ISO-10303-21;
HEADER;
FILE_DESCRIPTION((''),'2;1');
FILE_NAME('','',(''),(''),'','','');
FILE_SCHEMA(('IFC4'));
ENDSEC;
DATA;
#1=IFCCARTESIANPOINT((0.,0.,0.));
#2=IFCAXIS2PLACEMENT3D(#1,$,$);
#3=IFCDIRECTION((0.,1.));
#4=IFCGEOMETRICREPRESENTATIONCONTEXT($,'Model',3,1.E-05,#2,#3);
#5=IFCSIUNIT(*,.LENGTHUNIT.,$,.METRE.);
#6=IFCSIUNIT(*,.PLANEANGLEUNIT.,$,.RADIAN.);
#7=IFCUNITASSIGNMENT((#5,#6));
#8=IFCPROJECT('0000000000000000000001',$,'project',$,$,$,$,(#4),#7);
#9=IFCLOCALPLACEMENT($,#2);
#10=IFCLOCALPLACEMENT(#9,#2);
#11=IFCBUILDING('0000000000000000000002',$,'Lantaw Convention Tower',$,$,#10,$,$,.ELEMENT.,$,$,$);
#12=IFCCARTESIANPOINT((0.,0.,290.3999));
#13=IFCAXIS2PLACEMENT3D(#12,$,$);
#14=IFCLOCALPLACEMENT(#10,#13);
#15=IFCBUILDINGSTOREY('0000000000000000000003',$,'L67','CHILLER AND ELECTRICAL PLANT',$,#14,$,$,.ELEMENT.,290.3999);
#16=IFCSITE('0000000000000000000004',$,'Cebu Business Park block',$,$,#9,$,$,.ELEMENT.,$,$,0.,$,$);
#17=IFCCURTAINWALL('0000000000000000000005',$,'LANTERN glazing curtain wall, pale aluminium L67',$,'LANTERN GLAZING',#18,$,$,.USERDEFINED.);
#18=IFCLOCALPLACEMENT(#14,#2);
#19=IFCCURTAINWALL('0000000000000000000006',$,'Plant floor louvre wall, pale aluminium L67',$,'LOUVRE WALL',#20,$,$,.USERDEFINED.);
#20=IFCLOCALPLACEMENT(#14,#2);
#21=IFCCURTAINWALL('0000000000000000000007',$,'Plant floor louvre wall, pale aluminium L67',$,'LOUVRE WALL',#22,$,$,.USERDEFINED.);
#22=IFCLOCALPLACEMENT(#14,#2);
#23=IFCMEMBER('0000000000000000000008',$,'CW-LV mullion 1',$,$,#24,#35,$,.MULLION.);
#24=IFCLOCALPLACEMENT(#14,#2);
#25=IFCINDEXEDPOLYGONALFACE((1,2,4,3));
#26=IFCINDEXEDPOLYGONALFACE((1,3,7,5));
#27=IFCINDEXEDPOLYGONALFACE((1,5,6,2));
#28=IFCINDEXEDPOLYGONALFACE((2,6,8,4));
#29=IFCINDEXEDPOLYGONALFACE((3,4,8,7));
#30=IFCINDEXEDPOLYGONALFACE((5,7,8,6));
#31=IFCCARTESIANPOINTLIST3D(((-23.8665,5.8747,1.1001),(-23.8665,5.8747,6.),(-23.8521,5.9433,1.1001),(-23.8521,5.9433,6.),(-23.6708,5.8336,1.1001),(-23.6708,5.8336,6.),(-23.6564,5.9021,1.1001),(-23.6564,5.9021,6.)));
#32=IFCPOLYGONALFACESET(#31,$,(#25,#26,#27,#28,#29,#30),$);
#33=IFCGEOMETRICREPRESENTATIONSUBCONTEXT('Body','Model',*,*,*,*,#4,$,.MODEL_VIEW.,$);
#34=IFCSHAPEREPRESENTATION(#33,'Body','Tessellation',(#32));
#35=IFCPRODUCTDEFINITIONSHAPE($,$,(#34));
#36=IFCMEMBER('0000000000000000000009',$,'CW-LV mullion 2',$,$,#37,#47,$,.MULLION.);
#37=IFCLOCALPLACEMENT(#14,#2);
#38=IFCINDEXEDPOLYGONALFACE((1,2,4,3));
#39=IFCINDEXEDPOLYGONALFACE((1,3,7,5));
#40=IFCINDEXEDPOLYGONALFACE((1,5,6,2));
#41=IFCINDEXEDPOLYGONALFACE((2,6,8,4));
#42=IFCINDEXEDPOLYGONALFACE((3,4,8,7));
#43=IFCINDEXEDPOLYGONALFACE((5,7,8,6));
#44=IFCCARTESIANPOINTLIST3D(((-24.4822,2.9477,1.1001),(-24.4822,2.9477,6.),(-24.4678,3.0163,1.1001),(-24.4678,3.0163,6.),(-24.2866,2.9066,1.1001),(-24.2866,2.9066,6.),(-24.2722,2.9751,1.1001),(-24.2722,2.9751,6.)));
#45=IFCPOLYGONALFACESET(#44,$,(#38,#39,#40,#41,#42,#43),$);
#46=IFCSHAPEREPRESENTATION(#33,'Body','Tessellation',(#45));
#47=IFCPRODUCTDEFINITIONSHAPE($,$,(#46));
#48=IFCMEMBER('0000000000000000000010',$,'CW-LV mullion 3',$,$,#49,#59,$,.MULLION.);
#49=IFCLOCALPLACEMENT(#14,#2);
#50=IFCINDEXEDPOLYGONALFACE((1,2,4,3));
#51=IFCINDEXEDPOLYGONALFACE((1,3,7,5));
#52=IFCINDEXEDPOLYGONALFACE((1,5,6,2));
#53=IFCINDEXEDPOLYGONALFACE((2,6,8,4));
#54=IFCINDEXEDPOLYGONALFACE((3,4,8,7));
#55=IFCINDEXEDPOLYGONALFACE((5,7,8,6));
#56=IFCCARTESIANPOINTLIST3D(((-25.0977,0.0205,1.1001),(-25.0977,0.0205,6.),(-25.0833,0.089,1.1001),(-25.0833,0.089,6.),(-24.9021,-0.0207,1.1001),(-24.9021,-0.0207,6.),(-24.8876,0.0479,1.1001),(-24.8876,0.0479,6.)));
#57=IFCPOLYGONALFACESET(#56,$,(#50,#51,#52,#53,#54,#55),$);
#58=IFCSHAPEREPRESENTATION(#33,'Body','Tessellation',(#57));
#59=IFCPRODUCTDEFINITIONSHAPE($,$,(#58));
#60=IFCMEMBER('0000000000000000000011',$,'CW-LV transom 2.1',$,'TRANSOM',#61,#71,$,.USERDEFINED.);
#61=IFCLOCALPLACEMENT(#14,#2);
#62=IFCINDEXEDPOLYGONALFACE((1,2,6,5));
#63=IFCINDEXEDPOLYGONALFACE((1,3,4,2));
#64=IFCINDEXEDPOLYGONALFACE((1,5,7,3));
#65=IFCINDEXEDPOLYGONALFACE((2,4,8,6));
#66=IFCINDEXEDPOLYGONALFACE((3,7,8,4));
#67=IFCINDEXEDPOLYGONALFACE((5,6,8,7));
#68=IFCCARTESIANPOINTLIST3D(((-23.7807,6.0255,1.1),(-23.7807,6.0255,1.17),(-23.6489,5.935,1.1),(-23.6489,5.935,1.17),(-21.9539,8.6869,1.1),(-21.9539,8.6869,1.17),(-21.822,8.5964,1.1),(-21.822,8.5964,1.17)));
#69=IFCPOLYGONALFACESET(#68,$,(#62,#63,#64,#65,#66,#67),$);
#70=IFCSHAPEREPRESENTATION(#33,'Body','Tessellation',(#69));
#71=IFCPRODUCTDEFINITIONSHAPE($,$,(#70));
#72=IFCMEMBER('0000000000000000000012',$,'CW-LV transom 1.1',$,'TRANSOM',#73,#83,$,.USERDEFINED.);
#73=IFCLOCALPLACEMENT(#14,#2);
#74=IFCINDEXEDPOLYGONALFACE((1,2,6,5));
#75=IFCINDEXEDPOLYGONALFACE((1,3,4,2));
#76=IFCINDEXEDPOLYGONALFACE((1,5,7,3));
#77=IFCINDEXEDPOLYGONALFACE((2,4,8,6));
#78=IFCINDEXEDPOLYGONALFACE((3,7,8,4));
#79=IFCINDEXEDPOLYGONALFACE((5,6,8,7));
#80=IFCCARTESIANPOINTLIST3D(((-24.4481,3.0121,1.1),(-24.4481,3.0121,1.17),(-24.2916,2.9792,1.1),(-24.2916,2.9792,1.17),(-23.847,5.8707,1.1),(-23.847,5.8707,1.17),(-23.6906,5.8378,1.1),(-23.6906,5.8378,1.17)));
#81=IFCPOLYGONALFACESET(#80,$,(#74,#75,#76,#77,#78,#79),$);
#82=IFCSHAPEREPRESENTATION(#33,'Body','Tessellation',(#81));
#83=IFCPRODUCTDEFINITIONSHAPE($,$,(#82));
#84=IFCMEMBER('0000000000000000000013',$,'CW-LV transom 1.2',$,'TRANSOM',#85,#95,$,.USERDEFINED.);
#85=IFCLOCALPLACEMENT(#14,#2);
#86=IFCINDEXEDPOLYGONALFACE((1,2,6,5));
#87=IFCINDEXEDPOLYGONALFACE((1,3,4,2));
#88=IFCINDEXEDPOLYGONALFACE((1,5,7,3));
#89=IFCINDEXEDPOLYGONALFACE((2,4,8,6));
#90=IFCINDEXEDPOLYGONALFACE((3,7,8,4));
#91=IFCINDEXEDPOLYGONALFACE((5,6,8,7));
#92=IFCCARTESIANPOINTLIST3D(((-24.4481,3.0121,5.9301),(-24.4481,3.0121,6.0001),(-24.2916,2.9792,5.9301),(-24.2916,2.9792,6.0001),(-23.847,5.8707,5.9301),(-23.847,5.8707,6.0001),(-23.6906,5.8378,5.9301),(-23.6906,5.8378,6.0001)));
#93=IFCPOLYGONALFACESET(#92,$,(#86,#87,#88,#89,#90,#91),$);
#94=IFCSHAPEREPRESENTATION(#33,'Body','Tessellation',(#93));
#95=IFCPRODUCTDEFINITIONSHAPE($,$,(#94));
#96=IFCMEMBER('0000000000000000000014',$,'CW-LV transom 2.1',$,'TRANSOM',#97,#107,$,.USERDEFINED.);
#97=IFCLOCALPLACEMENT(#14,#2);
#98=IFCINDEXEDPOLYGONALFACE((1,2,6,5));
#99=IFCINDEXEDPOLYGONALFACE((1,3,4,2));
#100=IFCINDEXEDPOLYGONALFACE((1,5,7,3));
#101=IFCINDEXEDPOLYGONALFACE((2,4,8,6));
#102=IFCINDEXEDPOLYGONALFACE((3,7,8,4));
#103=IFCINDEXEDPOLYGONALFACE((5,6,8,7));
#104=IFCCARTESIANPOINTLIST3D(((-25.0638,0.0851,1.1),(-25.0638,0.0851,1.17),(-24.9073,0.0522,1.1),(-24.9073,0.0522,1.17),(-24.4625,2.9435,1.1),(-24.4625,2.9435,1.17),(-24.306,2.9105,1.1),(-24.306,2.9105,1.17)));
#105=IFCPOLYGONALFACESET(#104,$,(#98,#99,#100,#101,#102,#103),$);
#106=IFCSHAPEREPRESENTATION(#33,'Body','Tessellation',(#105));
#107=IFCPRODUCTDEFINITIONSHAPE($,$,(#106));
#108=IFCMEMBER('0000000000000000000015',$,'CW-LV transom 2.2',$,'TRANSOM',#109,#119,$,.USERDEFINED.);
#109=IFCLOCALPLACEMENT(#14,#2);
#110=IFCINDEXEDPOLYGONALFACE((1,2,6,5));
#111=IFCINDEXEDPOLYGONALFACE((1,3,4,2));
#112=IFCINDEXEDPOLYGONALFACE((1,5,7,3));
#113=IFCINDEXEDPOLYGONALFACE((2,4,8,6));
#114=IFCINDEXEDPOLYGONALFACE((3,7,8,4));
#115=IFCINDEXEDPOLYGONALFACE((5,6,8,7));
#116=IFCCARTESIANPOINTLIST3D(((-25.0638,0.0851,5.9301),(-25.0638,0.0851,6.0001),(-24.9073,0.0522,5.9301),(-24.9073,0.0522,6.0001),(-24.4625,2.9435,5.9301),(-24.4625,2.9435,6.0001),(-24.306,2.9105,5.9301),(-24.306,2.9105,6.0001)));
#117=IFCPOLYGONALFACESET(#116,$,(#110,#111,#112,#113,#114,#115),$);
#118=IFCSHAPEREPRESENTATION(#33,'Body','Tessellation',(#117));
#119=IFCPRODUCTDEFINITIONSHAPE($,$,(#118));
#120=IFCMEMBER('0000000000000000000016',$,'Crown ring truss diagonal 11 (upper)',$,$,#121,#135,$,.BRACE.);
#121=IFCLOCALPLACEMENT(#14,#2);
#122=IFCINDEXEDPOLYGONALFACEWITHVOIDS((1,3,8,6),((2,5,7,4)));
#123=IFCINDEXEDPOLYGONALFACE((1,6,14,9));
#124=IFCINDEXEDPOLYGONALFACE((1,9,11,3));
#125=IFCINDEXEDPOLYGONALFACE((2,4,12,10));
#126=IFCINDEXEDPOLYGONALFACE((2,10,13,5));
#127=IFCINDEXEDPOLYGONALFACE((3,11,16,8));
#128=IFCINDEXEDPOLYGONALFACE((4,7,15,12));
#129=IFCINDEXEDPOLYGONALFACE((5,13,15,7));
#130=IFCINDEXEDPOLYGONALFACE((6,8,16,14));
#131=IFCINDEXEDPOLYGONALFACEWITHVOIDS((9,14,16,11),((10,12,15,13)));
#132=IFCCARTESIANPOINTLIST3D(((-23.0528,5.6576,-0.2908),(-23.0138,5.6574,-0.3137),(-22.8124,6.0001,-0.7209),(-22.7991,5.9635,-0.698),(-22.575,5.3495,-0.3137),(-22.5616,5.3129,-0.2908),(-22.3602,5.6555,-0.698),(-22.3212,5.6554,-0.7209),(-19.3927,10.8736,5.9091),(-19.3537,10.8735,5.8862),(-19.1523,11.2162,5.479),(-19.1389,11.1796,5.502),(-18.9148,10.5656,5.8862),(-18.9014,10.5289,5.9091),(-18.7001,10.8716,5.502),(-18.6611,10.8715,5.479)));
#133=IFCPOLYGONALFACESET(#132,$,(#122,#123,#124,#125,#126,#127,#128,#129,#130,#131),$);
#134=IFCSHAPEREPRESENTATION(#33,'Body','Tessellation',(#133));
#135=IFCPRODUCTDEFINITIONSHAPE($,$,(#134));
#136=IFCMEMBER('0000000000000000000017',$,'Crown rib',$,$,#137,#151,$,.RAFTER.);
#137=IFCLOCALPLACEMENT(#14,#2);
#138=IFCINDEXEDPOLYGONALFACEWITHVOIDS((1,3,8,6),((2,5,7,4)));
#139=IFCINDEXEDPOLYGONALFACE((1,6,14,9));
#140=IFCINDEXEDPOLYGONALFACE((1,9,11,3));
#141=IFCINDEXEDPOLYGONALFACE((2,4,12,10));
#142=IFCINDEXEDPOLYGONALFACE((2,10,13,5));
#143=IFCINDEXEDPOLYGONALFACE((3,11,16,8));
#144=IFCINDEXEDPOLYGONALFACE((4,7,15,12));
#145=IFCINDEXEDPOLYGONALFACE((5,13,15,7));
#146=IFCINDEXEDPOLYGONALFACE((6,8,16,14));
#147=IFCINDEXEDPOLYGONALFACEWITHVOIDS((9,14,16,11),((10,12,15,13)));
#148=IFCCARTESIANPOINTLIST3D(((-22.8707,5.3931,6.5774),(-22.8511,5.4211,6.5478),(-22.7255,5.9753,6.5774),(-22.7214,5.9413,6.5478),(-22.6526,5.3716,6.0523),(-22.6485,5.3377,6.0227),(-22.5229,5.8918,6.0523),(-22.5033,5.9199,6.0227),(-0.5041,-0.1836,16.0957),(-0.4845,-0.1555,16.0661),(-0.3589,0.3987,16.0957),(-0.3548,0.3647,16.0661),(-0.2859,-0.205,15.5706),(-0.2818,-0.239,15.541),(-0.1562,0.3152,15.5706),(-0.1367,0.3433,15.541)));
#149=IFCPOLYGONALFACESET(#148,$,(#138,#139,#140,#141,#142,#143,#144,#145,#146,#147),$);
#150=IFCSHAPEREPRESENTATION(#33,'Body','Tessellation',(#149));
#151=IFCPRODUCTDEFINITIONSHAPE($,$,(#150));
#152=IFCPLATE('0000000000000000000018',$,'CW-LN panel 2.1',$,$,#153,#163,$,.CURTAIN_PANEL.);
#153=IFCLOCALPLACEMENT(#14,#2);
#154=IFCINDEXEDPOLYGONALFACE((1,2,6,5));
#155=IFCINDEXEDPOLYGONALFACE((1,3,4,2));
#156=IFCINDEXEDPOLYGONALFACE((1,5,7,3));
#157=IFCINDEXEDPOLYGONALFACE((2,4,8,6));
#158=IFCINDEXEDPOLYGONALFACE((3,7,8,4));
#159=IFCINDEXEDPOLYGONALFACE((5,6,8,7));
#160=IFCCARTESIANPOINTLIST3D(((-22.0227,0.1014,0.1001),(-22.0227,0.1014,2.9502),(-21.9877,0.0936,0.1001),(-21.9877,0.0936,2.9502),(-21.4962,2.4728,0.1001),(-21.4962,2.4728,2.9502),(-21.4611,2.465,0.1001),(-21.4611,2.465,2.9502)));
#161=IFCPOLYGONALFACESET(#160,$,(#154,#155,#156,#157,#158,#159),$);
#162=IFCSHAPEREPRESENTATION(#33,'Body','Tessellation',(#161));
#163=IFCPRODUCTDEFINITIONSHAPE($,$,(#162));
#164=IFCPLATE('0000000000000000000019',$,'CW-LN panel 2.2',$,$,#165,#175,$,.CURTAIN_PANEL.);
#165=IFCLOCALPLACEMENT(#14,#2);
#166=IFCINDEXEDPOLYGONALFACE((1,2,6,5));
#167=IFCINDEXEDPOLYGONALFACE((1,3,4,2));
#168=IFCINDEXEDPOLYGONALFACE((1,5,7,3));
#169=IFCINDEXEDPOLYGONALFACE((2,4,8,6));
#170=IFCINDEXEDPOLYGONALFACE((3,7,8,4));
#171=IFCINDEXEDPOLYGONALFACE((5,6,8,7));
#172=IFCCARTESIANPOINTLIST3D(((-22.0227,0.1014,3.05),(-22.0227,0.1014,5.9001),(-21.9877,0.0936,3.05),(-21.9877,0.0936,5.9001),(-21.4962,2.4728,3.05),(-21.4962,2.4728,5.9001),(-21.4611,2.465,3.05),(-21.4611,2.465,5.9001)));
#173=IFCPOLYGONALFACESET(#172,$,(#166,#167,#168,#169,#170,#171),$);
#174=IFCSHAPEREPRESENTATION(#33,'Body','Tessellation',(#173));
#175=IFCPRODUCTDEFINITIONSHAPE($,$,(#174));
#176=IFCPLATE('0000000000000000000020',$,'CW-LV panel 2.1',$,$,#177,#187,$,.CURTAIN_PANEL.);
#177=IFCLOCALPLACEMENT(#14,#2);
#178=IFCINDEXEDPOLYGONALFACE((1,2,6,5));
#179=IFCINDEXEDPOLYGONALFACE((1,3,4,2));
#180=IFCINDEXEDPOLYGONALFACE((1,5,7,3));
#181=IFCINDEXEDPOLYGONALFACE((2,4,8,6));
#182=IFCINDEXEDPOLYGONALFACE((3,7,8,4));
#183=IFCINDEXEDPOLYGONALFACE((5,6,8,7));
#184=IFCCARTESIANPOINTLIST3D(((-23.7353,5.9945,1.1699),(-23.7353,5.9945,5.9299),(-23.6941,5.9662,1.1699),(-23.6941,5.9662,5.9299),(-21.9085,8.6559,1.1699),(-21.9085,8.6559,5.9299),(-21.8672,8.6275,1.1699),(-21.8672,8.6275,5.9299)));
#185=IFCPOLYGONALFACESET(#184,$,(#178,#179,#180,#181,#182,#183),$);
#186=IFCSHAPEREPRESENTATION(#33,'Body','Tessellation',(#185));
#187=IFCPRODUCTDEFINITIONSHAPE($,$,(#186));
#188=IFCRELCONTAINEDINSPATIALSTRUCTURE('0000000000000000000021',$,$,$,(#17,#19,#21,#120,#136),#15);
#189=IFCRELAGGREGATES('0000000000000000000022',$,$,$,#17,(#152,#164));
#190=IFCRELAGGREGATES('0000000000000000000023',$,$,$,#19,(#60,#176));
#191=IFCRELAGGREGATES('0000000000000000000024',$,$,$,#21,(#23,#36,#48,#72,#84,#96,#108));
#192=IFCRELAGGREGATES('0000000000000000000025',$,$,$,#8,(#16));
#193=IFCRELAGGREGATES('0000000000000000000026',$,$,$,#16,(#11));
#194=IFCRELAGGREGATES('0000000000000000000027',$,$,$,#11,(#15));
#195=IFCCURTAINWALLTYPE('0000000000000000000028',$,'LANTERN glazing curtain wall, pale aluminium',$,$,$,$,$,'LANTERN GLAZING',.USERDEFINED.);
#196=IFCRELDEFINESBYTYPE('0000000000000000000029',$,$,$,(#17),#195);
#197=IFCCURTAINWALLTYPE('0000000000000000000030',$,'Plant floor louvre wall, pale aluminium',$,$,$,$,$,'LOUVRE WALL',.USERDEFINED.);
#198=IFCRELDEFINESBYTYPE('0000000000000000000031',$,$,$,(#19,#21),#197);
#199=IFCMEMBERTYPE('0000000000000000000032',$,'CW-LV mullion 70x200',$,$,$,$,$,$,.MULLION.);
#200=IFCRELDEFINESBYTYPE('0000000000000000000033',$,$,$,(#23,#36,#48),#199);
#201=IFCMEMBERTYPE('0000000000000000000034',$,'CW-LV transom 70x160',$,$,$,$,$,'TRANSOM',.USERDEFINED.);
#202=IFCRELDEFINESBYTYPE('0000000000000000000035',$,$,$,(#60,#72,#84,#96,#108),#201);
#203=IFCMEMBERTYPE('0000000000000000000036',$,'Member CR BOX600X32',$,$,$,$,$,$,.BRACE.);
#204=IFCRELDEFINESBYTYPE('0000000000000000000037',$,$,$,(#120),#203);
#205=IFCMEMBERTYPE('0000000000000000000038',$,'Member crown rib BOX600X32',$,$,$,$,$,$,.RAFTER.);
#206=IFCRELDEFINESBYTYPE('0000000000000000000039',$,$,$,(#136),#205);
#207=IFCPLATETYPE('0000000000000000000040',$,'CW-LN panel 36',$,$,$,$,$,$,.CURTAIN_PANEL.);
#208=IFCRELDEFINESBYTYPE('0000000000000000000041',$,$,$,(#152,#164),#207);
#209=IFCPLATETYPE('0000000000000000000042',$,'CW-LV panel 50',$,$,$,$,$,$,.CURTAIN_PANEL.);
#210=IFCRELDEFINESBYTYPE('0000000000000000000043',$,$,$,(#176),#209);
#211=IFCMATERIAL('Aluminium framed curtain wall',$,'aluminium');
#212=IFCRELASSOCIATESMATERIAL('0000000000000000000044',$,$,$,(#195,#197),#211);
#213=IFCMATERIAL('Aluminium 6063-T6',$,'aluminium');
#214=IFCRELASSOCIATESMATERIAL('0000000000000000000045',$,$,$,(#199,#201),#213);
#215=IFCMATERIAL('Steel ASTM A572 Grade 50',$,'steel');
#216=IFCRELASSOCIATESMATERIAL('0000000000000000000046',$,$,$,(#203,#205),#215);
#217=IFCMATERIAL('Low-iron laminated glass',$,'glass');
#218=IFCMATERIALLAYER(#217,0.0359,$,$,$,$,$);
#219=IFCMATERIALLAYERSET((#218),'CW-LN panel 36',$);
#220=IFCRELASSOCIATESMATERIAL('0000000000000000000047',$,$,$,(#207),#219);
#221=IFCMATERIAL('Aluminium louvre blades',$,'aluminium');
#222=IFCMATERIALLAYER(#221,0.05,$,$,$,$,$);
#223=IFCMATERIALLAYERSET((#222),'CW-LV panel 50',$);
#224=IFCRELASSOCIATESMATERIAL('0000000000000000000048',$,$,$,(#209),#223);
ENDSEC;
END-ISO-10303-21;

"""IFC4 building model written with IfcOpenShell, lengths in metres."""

from ifc_helpers import new_model, si_unit, direction, frame, origin, origin_2d, place, context, subcontext, project, spatial, rectangle, hollow_rectangle, extrude, material, layer, layer_set, material_profile, profile_set, type_object, element, aggregate, save


model = new_model("IFC4")

# Units and contexts
model_context = context("Model", 3, precision=1e-05, world=origin(), true_north=direction((0.0, 1.0)))
body_context = subcontext(model_context, "Body", "Model", "MODEL_VIEW")
ifc_project = project(units=[si_unit("LENGTHUNIT", "METRE"), si_unit("PLANEANGLEUNIT", "RADIAN")], contexts=[model_context])

# Site, building, storey
site_placement = place(None, origin())
site = spatial("IfcSite", under=ifc_project, at=site_placement, Name="Cebu Business Park block", CompositionType="ELEMENT", RefElevation=0.0)
building_placement = place(site_placement, origin())
building = spatial("IfcBuilding", under=site, at=building_placement, Name="Lantaw Convention Tower", CompositionType="ELEMENT")
storey_placement = place(building_placement, frame((0.0, 0.0, 290.3999)))
storey = spatial("IfcBuildingStorey", under=building, at=storey_placement, Name="L67", Description="CHILLER AND ELECTRICAL PLANT", CompositionType="ELEMENT", Elevation=290.3999)

# Shared definitions
ifc_material_1 = material(Name="Steel ASTM A572 Grade 50", Category="steel")

# Curtain wall
ifc_material_2 = material(Name="Aluminium framed curtain wall", Category="aluminium")
curtain_wall_type_1 = type_object("IfcCurtainWallType", Name="LANTERN glazing curtain wall, pale aluminium", ElementType="LANTERN GLAZING", PredefinedType="USERDEFINED", material=ifc_material_2)
curtain_wall_1_placement = place(storey_placement, origin())
curtain_wall_1 = element("IfcCurtainWall", 1, at=curtain_wall_1_placement, inside=storey, type_object=curtain_wall_type_1, Name="LANTERN glazing curtain wall, pale aluminium L67", ObjectType="LANTERN GLAZING", PredefinedType="USERDEFINED")
ifc_material_3 = material(Name="Aluminium 6063-T6", Category="aluminium")

# Curtain wall
curtain_wall_type_2 = type_object("IfcCurtainWallType", Name="Plant floor louvre wall, pale aluminium", ElementType="LOUVRE WALL", PredefinedType="USERDEFINED", material=ifc_material_2)
curtain_wall_2_placement = place(storey_placement, origin())
curtain_wall_2 = element("IfcCurtainWall", 2, at=curtain_wall_2_placement, inside=storey, type_object=curtain_wall_type_2, Name="Plant floor louvre wall, pale aluminium L67", ObjectType="LOUVRE WALL", PredefinedType="USERDEFINED")
ifc_material_profile_1 = material_profile(ifc_material_3, rectangle(XDim=0.2, YDim=0.0701, at=origin_2d()), Name="CW-LV mullion 70x200")
ifc_profile_set_1 = profile_set([ifc_material_profile_1], Name="Aluminium 6063-T6")
member_type_1 = type_object("IfcMemberType", Name="CW-LV mullion 70x200", PredefinedType="MULLION", material=ifc_profile_set_1)

# Curtain wall, members
curtain_wall_3_placement = place(storey_placement, origin())
curtain_wall_3 = element("IfcCurtainWall", 3, at=curtain_wall_3_placement, inside=storey, type_object=curtain_wall_type_2, Name="Plant floor louvre wall, pale aluminium L67", ObjectType="LOUVRE WALL", PredefinedType="USERDEFINED")
member_1_placement = place(storey_placement, frame((-23.7615, 5.8884, 1.1001), z_axis=(0.0, 0.0, 1.0), x_axis=(0.978591, -0.205814, 0.0)))
member_1 = element("IfcMember", 4, at=member_1_placement, type_object=member_type_1, Name="CW-LV mullion 1", PredefinedType="MULLION", context=body_context, shape_type="SweptSolid", body=[
    extrude(rectangle(XDim=0.2, YDim=0.0701, at=origin_2d()), origin(), (0.0, 0.0, 1.0), 4.8999),
])
member_2_placement = place(storey_placement, frame((-24.3772, 2.9614, 1.1001), z_axis=(0.0, 0.0, 1.0), x_axis=(0.978591, -0.205814, 0.0)))
member_2 = element("IfcMember", 5, at=member_2_placement, type_object=member_type_1, Name="CW-LV mullion 2", PredefinedType="MULLION", context=body_context, shape_type="SweptSolid", body=[
    extrude(rectangle(XDim=0.2, YDim=0.0701, at=origin_2d()), origin(), (0.0, 0.0, 1.0), 4.8999),
])
member_3_placement = place(storey_placement, frame((-24.9927, 0.0342, 1.1001), z_axis=(0.0, 0.0, 1.0), x_axis=(0.978591, -0.205814, 0.0)))
member_3 = element("IfcMember", 6, at=member_3_placement, type_object=member_type_1, Name="CW-LV mullion 3", PredefinedType="MULLION", context=body_context, shape_type="SweptSolid", body=[
    extrude(rectangle(XDim=0.2, YDim=0.0701, at=origin_2d()), origin(), (0.0, 0.0, 1.0), 4.8999),
])

# Members
ifc_material_profile_2 = material_profile(ifc_material_3, rectangle(XDim=0.1599, YDim=0.0701, at=origin_2d()), Name="CW-LV transom 70x160")
ifc_profile_set_2 = profile_set([ifc_material_profile_2], Name="Aluminium 6063-T6")
member_type_2 = type_object("IfcMemberType", Name="CW-LV transom 70x160", ElementType="TRANSOM", PredefinedType="USERDEFINED", material=ifc_profile_set_2)
member_4_placement = place(storey_placement, frame((-21.8879, 8.6416, 1.135), z_axis=(-0.565941, -0.824446, 0.0), x_axis=(0.824446, -0.565941, 0.0)))
member_4 = element("IfcMember", 7, at=member_4_placement, type_object=member_type_2, Name="CW-LV transom 2.1", ObjectType="TRANSOM", PredefinedType="USERDEFINED", context=body_context, shape_type="SweptSolid", body=[
    extrude(rectangle(XDim=0.1599, YDim=0.0701, at=origin_2d()), origin(), (0.0, 0.0, 1.0), 3.228),
])
member_5_placement = place(storey_placement, frame((-23.7688, 5.8542, 1.135), z_axis=(-0.205766, -0.978601, 0.0), x_axis=(0.978601, -0.205766, 0.0)))
member_5 = element("IfcMember", 8, at=member_5_placement, type_object=member_type_2, Name="CW-LV transom 1.1", ObjectType="TRANSOM", PredefinedType="USERDEFINED", context=body_context, shape_type="SweptSolid", body=[
    extrude(rectangle(XDim=0.1599, YDim=0.0701, at=origin_2d()), origin(), (0.0, 0.0, 1.0), 2.9211),
])
member_6_placement = place(storey_placement, frame((-23.7688, 5.8542, 5.9651), z_axis=(-0.205766, -0.978601, 0.0), x_axis=(0.978601, -0.205766, 0.0)))
member_6 = element("IfcMember", 9, at=member_6_placement, type_object=member_type_2, Name="CW-LV transom 1.2", ObjectType="TRANSOM", PredefinedType="USERDEFINED", context=body_context, shape_type="SweptSolid", body=[
    extrude(rectangle(XDim=0.1599, YDim=0.0701, at=origin_2d()), origin(), (0.0, 0.0, 1.0), 2.9211),
])
member_7_placement = place(storey_placement, frame((-24.3843, 2.927, 1.135), z_axis=(-0.205863, -0.978581, 0.0), x_axis=(0.978581, -0.205863, 0.0)))
member_7 = element("IfcMember", 10, at=member_7_placement, type_object=member_type_2, Name="CW-LV transom 2.1", ObjectType="TRANSOM", PredefinedType="USERDEFINED", context=body_context, shape_type="SweptSolid", body=[
    extrude(rectangle(XDim=0.1599, YDim=0.0701, at=origin_2d()), origin(), (0.0, 0.0, 1.0), 2.9209),
])
member_8_placement = place(storey_placement, frame((-24.3843, 2.927, 5.9651), z_axis=(-0.205863, -0.978581, 0.0), x_axis=(0.978581, -0.205863, 0.0)))
member_8 = element("IfcMember", 11, at=member_8_placement, type_object=member_type_2, Name="CW-LV transom 2.2", ObjectType="TRANSOM", PredefinedType="USERDEFINED", context=body_context, shape_type="SweptSolid", body=[
    extrude(rectangle(XDim=0.1599, YDim=0.0701, at=origin_2d()), origin(), (0.0, 0.0, 1.0), 2.9209),
])

# Members
ifc_material_profile_3 = material_profile(ifc_material_1, hollow_rectangle(XDim=0.6001, YDim=0.6001, WallThickness=0.032, at=origin_2d()), Name="BOX600X32")
ifc_profile_set_3 = profile_set([ifc_material_profile_3], Name="Steel ASTM A572 Grade 50")
member_type_3 = type_object("IfcMemberType", Name="Member CR BOX600X32", PredefinedType="BRACE", material=ifc_profile_set_3)
member_9_placement = place(storey_placement, frame((-22.687, 5.6565, -0.5059), z_axis=(0.411687, 0.586692, 0.697357), x_axis=(-0.818574, 0.574401, 0.0)))
element("IfcMember", 12, at=member_9_placement, inside=storey, type_object=member_type_3, Name="Crown ring truss diagonal 11 (upper)", PredefinedType="BRACE", context=body_context, shape_type="SweptSolid", body=[
    extrude(hollow_rectangle(XDim=0.6001, YDim=0.6001, WallThickness=0.032, at=origin_2d()), origin(), (0.0, 0.0, 1.0), 8.8906),
])
ifc_material_profile_4 = material_profile(ifc_material_1, hollow_rectangle(XDim=0.6001, YDim=0.6001, WallThickness=0.032, at=origin_2d()), Name="BOX600X32")
ifc_profile_set_4 = profile_set([ifc_material_profile_4], Name="Steel ASTM A572 Grade 50")
member_type_4 = type_object("IfcMemberType", Name="Member crown rib BOX600X32", PredefinedType="RAFTER", material=ifc_profile_set_4)
member_10_placement = place(storey_placement, frame((-22.687, 5.6565, 6.3), z_axis=(0.896847, -0.22361, 0.38166), x_axis=(0.241923, 0.970296, 0.0)))
element("IfcMember", 13, at=member_10_placement, inside=storey, type_object=member_type_4, Name="Crown rib", PredefinedType="RAFTER", context=body_context, shape_type="SweptSolid", body=[
    extrude(hollow_rectangle(XDim=0.6001, YDim=0.6001, WallThickness=0.032, at=origin_2d()), origin(), (0.0, 0.0, 1.0), 24.9392),
])

# Plates
ifc_material_4 = material(Name="Low-iron laminated glass", Category="glass")
ifc_layer_1 = layer(ifc_material_4, 0.0359)
ifc_layer_set_1 = layer_set([ifc_layer_1], Name="CW-LN panel 36")
plate_type_1 = type_object("IfcPlateType", Name="CW-LN panel 36", PredefinedType="CURTAIN_PANEL", material=ifc_layer_set_1)
plate_1_placement = place(storey_placement, frame((-21.7419, 1.2832, 0.1001), z_axis=(0.0, 0.0, 1.0), x_axis=(-0.216765, -0.976224, 0.0)))
plate_1 = element("IfcPlate", 14, at=plate_1_placement, type_object=plate_type_1, Name="CW-LN panel 2.1", PredefinedType="CURTAIN_PANEL", context=body_context, shape_type="SweptSolid", body=[
    extrude(rectangle(XDim=2.4292, YDim=0.0359, at=origin_2d()), origin(), (0.0, 0.0, 1.0), 2.8501),
])
plate_2_placement = place(storey_placement, frame((-21.7419, 1.2832, 3.05), z_axis=(0.0, 0.0, 1.0), x_axis=(-0.216765, -0.976224, 0.0)))
plate_2 = element("IfcPlate", 15, at=plate_2_placement, type_object=plate_type_1, Name="CW-LN panel 2.2", PredefinedType="CURTAIN_PANEL", context=body_context, shape_type="SweptSolid", body=[
    extrude(rectangle(XDim=2.4292, YDim=0.0359, at=origin_2d()), origin(), (0.0, 0.0, 1.0), 2.8501),
])
aggregate(curtain_wall_1, [plate_1, plate_2])
ifc_material_5 = material(Name="Aluminium louvre blades", Category="aluminium")
ifc_layer_2 = layer(ifc_material_5, 0.05)
ifc_layer_set_2 = layer_set([ifc_layer_2], Name="CW-LV panel 50")
plate_type_2 = type_object("IfcPlateType", Name="CW-LV panel 50", PredefinedType="CURTAIN_PANEL", material=ifc_layer_set_2)
plate_3_placement = place(storey_placement, frame((-22.8013, 7.311, 1.1699), z_axis=(0.0, 0.0, 1.0), x_axis=(-0.565935, -0.82445, 0.0)))
plate_3 = element("IfcPlate", 16, at=plate_3_placement, type_object=plate_type_2, Name="CW-LV panel 2.1", PredefinedType="CURTAIN_PANEL", context=body_context, shape_type="SweptSolid", body=[
    extrude(rectangle(XDim=3.228, YDim=0.05, at=origin_2d()), origin(), (0.0, 0.0, 1.0), 4.76),
])
aggregate(curtain_wall_2, [member_4, plate_3])
aggregate(curtain_wall_3, [member_1, member_2, member_3, member_5, member_6, member_7, member_8])

save(model, "model.ifc")
